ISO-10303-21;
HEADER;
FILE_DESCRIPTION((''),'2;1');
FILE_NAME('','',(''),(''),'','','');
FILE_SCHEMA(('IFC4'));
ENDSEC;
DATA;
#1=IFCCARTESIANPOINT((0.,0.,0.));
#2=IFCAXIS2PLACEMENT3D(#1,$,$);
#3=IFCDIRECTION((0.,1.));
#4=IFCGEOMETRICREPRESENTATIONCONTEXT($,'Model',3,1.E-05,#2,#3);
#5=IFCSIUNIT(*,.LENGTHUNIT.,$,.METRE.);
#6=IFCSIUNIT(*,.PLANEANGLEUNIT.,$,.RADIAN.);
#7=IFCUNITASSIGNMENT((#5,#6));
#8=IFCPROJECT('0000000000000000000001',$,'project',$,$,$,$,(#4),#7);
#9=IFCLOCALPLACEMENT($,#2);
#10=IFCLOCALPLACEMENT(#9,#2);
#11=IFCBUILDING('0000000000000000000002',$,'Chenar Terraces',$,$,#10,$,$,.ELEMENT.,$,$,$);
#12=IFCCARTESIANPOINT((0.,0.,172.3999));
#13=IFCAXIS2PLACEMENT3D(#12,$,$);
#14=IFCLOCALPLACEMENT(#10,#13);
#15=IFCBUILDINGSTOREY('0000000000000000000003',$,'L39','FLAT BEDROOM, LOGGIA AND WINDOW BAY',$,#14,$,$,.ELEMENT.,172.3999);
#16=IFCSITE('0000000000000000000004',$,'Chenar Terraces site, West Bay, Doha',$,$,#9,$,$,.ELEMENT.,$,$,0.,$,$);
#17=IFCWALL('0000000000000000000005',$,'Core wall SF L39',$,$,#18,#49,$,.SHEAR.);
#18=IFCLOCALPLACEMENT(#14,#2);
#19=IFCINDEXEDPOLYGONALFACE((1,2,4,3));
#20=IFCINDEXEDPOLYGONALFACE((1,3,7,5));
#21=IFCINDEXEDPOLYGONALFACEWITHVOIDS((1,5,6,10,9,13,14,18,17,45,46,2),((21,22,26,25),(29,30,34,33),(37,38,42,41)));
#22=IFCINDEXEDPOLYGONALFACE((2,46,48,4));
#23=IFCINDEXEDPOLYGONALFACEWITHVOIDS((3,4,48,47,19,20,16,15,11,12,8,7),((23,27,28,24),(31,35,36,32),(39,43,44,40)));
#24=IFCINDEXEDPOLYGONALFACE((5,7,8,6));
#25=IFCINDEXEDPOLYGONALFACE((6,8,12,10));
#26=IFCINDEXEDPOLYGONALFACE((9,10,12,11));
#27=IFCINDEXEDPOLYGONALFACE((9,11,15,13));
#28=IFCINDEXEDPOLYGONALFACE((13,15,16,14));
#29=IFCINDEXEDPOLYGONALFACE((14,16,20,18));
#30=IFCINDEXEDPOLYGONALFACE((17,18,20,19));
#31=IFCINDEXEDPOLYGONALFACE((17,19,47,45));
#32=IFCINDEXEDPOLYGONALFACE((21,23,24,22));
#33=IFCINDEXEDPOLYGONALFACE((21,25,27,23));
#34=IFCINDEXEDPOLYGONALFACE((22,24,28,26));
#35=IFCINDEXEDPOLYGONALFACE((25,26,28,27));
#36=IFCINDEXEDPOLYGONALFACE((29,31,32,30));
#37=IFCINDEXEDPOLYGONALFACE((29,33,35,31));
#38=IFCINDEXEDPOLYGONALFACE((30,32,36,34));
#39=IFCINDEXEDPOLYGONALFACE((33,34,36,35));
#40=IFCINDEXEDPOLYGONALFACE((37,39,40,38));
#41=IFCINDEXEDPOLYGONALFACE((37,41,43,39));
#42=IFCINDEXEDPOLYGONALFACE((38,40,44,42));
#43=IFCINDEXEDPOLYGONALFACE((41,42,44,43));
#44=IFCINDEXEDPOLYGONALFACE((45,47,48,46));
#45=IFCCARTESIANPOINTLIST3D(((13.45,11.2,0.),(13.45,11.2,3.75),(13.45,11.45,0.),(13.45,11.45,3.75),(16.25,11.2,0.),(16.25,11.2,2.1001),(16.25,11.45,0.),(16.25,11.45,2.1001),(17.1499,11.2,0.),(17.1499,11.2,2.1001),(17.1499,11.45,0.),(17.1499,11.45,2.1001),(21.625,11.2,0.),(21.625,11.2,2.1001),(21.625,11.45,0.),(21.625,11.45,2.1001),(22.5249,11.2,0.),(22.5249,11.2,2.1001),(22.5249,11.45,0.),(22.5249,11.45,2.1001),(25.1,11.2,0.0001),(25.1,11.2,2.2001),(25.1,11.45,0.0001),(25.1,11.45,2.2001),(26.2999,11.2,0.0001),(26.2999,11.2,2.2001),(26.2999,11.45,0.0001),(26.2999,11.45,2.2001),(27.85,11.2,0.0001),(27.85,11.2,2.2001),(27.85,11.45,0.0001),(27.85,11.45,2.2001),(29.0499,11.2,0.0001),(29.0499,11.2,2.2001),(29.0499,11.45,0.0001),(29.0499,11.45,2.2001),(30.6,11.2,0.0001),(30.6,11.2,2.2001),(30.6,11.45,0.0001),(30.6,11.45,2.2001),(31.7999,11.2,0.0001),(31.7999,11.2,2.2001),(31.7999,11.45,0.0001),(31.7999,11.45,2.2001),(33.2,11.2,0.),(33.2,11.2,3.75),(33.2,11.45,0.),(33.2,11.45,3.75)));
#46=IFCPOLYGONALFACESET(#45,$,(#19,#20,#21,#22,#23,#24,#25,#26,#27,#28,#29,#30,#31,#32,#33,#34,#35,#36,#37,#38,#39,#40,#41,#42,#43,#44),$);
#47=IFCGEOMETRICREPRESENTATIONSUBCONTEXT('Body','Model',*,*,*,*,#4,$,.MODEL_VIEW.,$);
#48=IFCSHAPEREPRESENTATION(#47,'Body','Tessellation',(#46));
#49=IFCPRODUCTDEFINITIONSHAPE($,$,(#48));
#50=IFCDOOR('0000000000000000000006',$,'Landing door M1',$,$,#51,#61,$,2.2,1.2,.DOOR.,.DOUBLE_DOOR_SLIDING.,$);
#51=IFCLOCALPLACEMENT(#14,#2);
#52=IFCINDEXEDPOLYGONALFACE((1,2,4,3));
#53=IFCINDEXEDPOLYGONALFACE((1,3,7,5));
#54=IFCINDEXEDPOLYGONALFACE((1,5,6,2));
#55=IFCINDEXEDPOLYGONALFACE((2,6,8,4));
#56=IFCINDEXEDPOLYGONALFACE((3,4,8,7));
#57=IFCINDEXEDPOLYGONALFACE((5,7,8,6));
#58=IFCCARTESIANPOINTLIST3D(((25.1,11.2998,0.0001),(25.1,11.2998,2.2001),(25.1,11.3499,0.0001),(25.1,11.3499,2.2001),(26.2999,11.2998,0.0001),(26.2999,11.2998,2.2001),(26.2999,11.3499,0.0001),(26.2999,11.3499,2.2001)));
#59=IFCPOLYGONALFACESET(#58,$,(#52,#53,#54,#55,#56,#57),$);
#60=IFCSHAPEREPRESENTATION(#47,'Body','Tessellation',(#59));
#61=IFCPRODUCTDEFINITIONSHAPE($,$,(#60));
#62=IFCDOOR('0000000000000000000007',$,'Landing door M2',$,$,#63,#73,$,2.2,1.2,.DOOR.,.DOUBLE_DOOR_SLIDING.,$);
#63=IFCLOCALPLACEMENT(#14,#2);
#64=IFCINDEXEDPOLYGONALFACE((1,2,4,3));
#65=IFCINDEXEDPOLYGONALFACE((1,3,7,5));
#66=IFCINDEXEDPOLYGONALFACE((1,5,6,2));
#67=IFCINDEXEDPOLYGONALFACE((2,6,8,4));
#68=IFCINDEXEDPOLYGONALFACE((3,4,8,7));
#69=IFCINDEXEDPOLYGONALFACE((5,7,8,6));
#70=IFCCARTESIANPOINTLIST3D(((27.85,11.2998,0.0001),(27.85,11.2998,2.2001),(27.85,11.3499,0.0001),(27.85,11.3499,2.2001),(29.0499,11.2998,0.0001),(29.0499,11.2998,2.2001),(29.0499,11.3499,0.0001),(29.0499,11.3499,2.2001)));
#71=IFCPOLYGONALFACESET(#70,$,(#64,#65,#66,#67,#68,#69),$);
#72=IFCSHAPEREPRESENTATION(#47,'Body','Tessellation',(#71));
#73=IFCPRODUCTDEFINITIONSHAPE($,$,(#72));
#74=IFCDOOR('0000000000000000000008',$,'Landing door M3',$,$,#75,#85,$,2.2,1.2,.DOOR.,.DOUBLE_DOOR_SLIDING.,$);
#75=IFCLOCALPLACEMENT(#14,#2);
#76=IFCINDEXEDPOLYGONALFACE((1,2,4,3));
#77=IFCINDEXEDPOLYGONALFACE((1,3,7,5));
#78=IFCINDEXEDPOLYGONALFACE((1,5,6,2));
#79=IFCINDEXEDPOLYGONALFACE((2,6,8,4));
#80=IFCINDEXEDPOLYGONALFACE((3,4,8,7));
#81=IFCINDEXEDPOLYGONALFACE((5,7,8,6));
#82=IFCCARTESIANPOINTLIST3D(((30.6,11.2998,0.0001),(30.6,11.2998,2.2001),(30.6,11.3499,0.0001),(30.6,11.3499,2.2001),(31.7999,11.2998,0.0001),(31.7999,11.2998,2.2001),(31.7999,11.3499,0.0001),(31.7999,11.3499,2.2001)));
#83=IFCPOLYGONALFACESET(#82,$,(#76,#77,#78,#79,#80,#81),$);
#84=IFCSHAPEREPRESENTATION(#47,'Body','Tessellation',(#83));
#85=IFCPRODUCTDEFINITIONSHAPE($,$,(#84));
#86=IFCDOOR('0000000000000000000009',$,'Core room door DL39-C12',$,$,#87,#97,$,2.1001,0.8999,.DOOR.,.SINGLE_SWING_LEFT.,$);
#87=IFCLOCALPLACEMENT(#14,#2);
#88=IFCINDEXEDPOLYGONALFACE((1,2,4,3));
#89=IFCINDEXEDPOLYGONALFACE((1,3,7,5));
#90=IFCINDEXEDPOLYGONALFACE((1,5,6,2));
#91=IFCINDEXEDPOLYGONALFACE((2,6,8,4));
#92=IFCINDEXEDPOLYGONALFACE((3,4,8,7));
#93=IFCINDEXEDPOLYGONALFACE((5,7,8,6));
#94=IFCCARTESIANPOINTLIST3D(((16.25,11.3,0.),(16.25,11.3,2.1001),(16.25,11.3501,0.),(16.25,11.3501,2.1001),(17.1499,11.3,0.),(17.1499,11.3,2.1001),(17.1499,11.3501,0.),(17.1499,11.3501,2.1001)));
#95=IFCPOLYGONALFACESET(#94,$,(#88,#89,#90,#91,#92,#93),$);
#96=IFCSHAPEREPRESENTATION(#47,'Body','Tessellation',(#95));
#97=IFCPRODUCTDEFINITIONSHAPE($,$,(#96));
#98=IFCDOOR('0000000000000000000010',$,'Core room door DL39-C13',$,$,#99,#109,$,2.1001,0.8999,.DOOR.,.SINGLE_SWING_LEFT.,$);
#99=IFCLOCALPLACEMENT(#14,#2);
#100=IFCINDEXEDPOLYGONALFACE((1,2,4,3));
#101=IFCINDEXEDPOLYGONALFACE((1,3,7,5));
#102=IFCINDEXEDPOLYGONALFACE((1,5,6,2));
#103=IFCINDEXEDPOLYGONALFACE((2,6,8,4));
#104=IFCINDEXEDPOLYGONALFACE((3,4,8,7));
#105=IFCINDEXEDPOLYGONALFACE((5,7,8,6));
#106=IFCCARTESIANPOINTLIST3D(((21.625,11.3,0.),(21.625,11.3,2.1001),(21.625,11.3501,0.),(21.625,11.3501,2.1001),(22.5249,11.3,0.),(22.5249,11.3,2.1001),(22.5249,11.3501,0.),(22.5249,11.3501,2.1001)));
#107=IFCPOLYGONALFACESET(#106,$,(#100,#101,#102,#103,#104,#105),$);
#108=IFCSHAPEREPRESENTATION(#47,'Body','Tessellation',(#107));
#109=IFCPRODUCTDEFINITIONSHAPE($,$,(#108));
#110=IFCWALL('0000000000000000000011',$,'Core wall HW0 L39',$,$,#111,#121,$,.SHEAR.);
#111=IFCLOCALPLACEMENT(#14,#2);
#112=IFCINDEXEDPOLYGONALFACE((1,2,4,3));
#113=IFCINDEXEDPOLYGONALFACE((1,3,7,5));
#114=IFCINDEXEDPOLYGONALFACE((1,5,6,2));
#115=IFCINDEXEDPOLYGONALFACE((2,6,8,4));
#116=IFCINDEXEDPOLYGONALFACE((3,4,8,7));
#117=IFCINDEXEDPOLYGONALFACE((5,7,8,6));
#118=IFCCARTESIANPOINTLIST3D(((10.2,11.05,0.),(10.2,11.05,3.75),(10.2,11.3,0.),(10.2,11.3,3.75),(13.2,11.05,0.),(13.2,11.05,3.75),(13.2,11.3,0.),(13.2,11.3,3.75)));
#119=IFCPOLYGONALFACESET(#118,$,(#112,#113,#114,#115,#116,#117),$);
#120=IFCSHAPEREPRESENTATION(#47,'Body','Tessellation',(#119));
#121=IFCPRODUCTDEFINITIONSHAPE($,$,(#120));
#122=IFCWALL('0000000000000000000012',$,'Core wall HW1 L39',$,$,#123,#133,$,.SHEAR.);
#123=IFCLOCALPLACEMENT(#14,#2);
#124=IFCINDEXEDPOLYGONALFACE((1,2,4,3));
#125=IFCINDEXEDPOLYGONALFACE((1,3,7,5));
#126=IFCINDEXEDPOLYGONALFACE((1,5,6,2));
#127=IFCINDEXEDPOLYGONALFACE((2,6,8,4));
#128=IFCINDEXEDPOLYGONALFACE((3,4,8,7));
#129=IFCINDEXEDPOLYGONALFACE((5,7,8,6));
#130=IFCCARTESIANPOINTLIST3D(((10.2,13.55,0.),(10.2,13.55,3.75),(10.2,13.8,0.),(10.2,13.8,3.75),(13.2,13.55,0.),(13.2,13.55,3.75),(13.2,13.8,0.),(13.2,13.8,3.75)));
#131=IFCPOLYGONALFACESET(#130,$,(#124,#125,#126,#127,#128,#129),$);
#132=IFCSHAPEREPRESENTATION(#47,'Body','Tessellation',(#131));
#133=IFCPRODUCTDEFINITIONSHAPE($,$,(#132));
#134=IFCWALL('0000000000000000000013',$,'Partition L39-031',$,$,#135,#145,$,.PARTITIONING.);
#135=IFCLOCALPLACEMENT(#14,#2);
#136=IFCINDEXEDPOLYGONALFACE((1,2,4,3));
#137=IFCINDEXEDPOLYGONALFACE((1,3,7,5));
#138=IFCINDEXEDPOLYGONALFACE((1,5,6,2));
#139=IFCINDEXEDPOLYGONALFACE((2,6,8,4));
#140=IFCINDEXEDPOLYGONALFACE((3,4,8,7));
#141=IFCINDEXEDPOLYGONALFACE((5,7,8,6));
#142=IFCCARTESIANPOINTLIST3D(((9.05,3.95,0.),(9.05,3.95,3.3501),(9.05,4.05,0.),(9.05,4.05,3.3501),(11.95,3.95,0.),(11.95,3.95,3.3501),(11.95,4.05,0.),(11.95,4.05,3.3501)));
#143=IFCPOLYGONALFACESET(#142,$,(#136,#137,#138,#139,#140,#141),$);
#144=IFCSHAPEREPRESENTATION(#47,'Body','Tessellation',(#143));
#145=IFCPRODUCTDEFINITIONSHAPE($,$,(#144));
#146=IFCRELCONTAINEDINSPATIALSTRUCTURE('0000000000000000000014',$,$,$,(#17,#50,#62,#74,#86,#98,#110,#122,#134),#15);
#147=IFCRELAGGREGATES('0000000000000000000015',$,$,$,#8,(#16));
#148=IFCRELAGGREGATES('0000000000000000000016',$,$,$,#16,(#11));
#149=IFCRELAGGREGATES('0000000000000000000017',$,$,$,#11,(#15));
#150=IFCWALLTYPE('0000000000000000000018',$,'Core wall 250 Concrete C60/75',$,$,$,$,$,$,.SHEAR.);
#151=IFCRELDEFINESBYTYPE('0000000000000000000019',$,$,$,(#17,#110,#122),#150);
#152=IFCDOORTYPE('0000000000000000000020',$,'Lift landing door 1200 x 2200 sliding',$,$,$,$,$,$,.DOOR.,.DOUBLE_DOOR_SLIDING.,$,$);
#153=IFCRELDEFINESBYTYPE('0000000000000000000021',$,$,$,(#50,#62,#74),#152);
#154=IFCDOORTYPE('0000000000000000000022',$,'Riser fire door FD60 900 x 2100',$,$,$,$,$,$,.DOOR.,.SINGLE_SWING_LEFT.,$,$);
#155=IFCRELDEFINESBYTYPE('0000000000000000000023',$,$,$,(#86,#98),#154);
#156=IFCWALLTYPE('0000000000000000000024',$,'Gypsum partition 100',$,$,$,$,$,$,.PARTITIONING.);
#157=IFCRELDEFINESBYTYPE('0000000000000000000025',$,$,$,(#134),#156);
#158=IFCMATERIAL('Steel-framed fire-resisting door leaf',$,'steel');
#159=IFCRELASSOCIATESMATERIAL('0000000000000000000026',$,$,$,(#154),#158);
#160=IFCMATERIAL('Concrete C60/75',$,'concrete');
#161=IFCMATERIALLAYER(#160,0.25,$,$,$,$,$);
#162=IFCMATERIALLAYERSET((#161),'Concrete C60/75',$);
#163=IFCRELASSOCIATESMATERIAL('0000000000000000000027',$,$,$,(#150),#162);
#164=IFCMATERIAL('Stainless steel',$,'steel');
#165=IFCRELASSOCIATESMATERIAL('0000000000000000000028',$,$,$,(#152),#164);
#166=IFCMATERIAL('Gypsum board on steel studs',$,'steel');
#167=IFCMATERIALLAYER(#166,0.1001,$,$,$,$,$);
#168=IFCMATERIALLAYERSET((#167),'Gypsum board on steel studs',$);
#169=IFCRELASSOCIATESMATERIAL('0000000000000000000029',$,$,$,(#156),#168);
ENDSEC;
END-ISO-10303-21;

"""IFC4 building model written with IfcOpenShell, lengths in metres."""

from ifc_helpers import new_model, si_unit, direction, frame, frame_2d, origin, place, context, subcontext, project, spatial, rectangle, extrude, material, layer, layer_set, type_object, element, fill, save


model = new_model("IFC4")

# Units and contexts
model_context = context("Model", 3, precision=1e-05, world=origin(), true_north=direction((0.0, 1.0)))
body_context = subcontext(model_context, "Body", "Model", "MODEL_VIEW")
ifc_project = project(units=[si_unit("LENGTHUNIT", "METRE"), si_unit("PLANEANGLEUNIT", "RADIAN")], contexts=[model_context])

# Site, building, storey
site_placement = place(None, origin())
site = spatial("IfcSite", under=ifc_project, at=site_placement, Name="Chenar Terraces site, West Bay, Doha", CompositionType="ELEMENT", RefElevation=0.0)
building_placement = place(site_placement, origin())
building = spatial("IfcBuilding", under=site, at=building_placement, Name="Chenar Terraces", CompositionType="ELEMENT")
storey_placement = place(building_placement, frame((0.0, 0.0, 172.3999)))
storey = spatial("IfcBuildingStorey", under=building, at=storey_placement, Name="L39", Description="FLAT BEDROOM, LOGGIA AND WINDOW BAY", CompositionType="ELEMENT", Elevation=172.3999)

# Shared definitions
ifc_material_1 = material(Name="Steel-framed fire-resisting door leaf", Category="steel")
door_type_1 = type_object("IfcDoorType", Name="Riser fire door FD60 900 x 2100", OperationType="SINGLE_SWING_LEFT", PredefinedType="DOOR", material=ifc_material_1)

# Shared definitions
ifc_material_2 = material(Name="Concrete C60/75", Category="concrete")
ifc_layer_1 = layer(ifc_material_2, 0.25)
ifc_layer_set_1 = layer_set([ifc_layer_1], Name="Concrete C60/75")
wall_type_1 = type_object("IfcWallType", Name="Core wall 250 Concrete C60/75", PredefinedType="SHEAR", material=ifc_layer_set_1)

# Wall, openings, doors
wall_1_placement = place(storey_placement, frame((13.45, 11.325, 0.0), z_axis=(0.0, 0.0, 1.0), x_axis=(1.0, 0.0, 0.0)))
wall_1 = element("IfcWall", 1, at=wall_1_placement, inside=storey, type_object=wall_type_1, Name="Core wall SF L39", PredefinedType="SHEAR", context=body_context, shape_type="SweptSolid", body=[
    extrude(rectangle(XDim=19.75, YDim=0.25, at=frame_2d((9.875, 0.0))), origin(), (0.0, 0.0, 1.0), 3.75),
])
opening_1_placement = place(wall_1_placement, frame((11.6499, 0.0, 0.0)))
opening_1 = element("IfcOpeningElement", 2, at=opening_1_placement, cuts=wall_1, PredefinedType="OPENING", context=body_context, shape_type="SweptSolid", body=[
    extrude(rectangle(XDim=1.2, YDim=2.2, at=frame_2d((0.6001, 1.1001))), frame((0.0, 0.135, 0.0), z_axis=(0.0, -1.0, 0.0), x_axis=(1.0, 0.0, 0.0)), (0.0, 0.0, 1.0), 0.27),
])
opening_2_placement = place(wall_1_placement, frame((14.3999, 0.0, 0.0)))
opening_2 = element("IfcOpeningElement", 3, at=opening_2_placement, cuts=wall_1, PredefinedType="OPENING", context=body_context, shape_type="SweptSolid", body=[
    extrude(rectangle(XDim=1.2, YDim=2.2, at=frame_2d((0.6001, 1.1001))), frame((0.0, 0.135, 0.0), z_axis=(0.0, -1.0, 0.0), x_axis=(1.0, 0.0, 0.0)), (0.0, 0.0, 1.0), 0.27),
])
opening_3_placement = place(wall_1_placement, frame((17.1499, 0.0, 0.0)))
opening_3 = element("IfcOpeningElement", 4, at=opening_3_placement, cuts=wall_1, PredefinedType="OPENING", context=body_context, shape_type="SweptSolid", body=[
    extrude(rectangle(XDim=1.2, YDim=2.2, at=frame_2d((0.6001, 1.1001))), frame((0.0, 0.135, 0.0), z_axis=(0.0, -1.0, 0.0), x_axis=(1.0, 0.0, 0.0)), (0.0, 0.0, 1.0), 0.27),
])
opening_4_placement = place(wall_1_placement, frame((2.8, 0.0, 0.0)))
opening_4 = element("IfcOpeningElement", 5, at=opening_4_placement, cuts=wall_1, PredefinedType="OPENING", context=body_context, shape_type="SweptSolid", body=[
    extrude(rectangle(XDim=0.8999, YDim=2.1001, at=frame_2d((0.45, 1.05))), frame((0.0, 0.135, 0.0), z_axis=(0.0, -1.0, 0.0), x_axis=(1.0, 0.0, 0.0)), (0.0, 0.0, 1.0), 0.27),
])
opening_5_placement = place(wall_1_placement, frame((8.175, 0.0, 0.0)))
opening_5 = element("IfcOpeningElement", 6, at=opening_5_placement, cuts=wall_1, PredefinedType="OPENING", context=body_context, shape_type="SweptSolid", body=[
    extrude(rectangle(XDim=0.8999, YDim=2.1001, at=frame_2d((0.45, 1.05))), frame((0.0, 0.135, 0.0), z_axis=(0.0, -1.0, 0.0), x_axis=(1.0, 0.0, 0.0)), (0.0, 0.0, 1.0), 0.27),
])
ifc_material_3 = material(Name="Stainless steel", Category="steel")
door_type_2 = type_object("IfcDoorType", Name="Lift landing door 1200 x 2200 sliding", OperationType="DOUBLE_DOOR_SLIDING", PredefinedType="DOOR", material=ifc_material_3)
door_1_placement = place(opening_1_placement, origin())
door_1 = element("IfcDoor", 7, at=door_1_placement, inside=storey, type_object=door_type_2, Name="Landing door M1", OperationType="DOUBLE_DOOR_SLIDING", OverallHeight=2.2, OverallWidth=1.2, PredefinedType="DOOR", context=body_context, shape_type="SweptSolid", body=[
    extrude(rectangle(XDim=1.2, YDim=2.2, at=frame_2d((0.6001, 1.1001))), frame((0.0, 0.0249, 0.0), z_axis=(0.0, -1.0, 0.0), x_axis=(1.0, 0.0, 0.0)), (0.0, 0.0, 1.0), 0.05),
])
fill(opening_1, door_1)
door_2_placement = place(opening_2_placement, origin())
door_2 = element("IfcDoor", 8, at=door_2_placement, inside=storey, type_object=door_type_2, Name="Landing door M2", OperationType="DOUBLE_DOOR_SLIDING", OverallHeight=2.2, OverallWidth=1.2, PredefinedType="DOOR", context=body_context, shape_type="SweptSolid", body=[
    extrude(rectangle(XDim=1.2, YDim=2.2, at=frame_2d((0.6001, 1.1001))), frame((0.0, 0.0249, 0.0), z_axis=(0.0, -1.0, 0.0), x_axis=(1.0, 0.0, 0.0)), (0.0, 0.0, 1.0), 0.05),
])
fill(opening_2, door_2)
door_3_placement = place(opening_3_placement, origin())
door_3 = element("IfcDoor", 9, at=door_3_placement, inside=storey, type_object=door_type_2, Name="Landing door M3", OperationType="DOUBLE_DOOR_SLIDING", OverallHeight=2.2, OverallWidth=1.2, PredefinedType="DOOR", context=body_context, shape_type="SweptSolid", body=[
    extrude(rectangle(XDim=1.2, YDim=2.2, at=frame_2d((0.6001, 1.1001))), frame((0.0, 0.0249, 0.0), z_axis=(0.0, -1.0, 0.0), x_axis=(1.0, 0.0, 0.0)), (0.0, 0.0, 1.0), 0.05),
])
fill(opening_3, door_3)
door_4_placement = place(opening_4_placement, frame((0.8999, 0.0, 0.0), z_axis=(0.0, 0.0, 1.0), x_axis=(-1.0, 0.0, 0.0)))
door_4 = element("IfcDoor", 10, at=door_4_placement, inside=storey, type_object=door_type_1, Name="Core room door DL39-C12", OperationType="SINGLE_SWING_LEFT", OverallHeight=2.1001, OverallWidth=0.8999, PredefinedType="DOOR", context=body_context, shape_type="SweptSolid", body=[
    extrude(rectangle(XDim=0.8999, YDim=2.1001, at=frame_2d((0.45, 1.05))), frame((0.0, 0.0249, 0.0), z_axis=(0.0, -1.0, 0.0), x_axis=(1.0, 0.0, 0.0)), (0.0, 0.0, 1.0), 0.05),
])
fill(opening_4, door_4)
door_5_placement = place(opening_5_placement, frame((0.8999, 0.0, 0.0), z_axis=(0.0, 0.0, 1.0), x_axis=(-1.0, 0.0, 0.0)))
door_5 = element("IfcDoor", 11, at=door_5_placement, inside=storey, type_object=door_type_1, Name="Core room door DL39-C13", OperationType="SINGLE_SWING_LEFT", OverallHeight=2.1001, OverallWidth=0.8999, PredefinedType="DOOR", context=body_context, shape_type="SweptSolid", body=[
    extrude(rectangle(XDim=0.8999, YDim=2.1001, at=frame_2d((0.45, 1.05))), frame((0.0, 0.0249, 0.0), z_axis=(0.0, -1.0, 0.0), x_axis=(1.0, 0.0, 0.0)), (0.0, 0.0, 1.0), 0.05),
])
fill(opening_5, door_5)

# Walls
for number, where, z_axis, x_axis, name in (
    (12, (10.2, 11.175, 0.0), (0.0, 0.0, 1.0), (1.0, 0.0, 0.0), "Core wall HW0 L39"),
    (13, (10.2, 13.675, 0.0), (0.0, 0.0, 1.0), (1.0, 0.0, 0.0), "Core wall HW1 L39"),
):
    element("IfcWall", number, at=place(storey_placement, frame(where, z_axis=z_axis, x_axis=x_axis)), inside=storey, type_object=wall_type_1, Name=name, PredefinedType="SHEAR", context=body_context, shape_type="SweptSolid", body=[
        extrude(rectangle(XDim=3.0, YDim=0.25, at=frame_2d((1.5, 0.0))), origin(), (0.0, 0.0, 1.0), 3.75),
    ])
ifc_material_4 = material(Name="Gypsum board on steel studs", Category="steel")
ifc_layer_2 = layer(ifc_material_4, 0.1001)
ifc_layer_set_2 = layer_set([ifc_layer_2], Name="Gypsum board on steel studs")
wall_type_2 = type_object("IfcWallType", Name="Gypsum partition 100", PredefinedType="PARTITIONING", material=ifc_layer_set_2)
wall_2_placement = place(storey_placement, frame((9.05, 4.0, 0.0), z_axis=(0.0, 0.0, 1.0), x_axis=(1.0, 0.0, 0.0)))
element("IfcWall", 14, at=wall_2_placement, inside=storey, type_object=wall_type_2, Name="Partition L39-031", PredefinedType="PARTITIONING", context=body_context, shape_type="SweptSolid", body=[
    extrude(rectangle(XDim=2.8999, YDim=0.1001, at=frame_2d((1.45, 0.0))), origin(), (0.0, 0.0, 1.0), 3.3501),
])

save(model, "model.ifc")
